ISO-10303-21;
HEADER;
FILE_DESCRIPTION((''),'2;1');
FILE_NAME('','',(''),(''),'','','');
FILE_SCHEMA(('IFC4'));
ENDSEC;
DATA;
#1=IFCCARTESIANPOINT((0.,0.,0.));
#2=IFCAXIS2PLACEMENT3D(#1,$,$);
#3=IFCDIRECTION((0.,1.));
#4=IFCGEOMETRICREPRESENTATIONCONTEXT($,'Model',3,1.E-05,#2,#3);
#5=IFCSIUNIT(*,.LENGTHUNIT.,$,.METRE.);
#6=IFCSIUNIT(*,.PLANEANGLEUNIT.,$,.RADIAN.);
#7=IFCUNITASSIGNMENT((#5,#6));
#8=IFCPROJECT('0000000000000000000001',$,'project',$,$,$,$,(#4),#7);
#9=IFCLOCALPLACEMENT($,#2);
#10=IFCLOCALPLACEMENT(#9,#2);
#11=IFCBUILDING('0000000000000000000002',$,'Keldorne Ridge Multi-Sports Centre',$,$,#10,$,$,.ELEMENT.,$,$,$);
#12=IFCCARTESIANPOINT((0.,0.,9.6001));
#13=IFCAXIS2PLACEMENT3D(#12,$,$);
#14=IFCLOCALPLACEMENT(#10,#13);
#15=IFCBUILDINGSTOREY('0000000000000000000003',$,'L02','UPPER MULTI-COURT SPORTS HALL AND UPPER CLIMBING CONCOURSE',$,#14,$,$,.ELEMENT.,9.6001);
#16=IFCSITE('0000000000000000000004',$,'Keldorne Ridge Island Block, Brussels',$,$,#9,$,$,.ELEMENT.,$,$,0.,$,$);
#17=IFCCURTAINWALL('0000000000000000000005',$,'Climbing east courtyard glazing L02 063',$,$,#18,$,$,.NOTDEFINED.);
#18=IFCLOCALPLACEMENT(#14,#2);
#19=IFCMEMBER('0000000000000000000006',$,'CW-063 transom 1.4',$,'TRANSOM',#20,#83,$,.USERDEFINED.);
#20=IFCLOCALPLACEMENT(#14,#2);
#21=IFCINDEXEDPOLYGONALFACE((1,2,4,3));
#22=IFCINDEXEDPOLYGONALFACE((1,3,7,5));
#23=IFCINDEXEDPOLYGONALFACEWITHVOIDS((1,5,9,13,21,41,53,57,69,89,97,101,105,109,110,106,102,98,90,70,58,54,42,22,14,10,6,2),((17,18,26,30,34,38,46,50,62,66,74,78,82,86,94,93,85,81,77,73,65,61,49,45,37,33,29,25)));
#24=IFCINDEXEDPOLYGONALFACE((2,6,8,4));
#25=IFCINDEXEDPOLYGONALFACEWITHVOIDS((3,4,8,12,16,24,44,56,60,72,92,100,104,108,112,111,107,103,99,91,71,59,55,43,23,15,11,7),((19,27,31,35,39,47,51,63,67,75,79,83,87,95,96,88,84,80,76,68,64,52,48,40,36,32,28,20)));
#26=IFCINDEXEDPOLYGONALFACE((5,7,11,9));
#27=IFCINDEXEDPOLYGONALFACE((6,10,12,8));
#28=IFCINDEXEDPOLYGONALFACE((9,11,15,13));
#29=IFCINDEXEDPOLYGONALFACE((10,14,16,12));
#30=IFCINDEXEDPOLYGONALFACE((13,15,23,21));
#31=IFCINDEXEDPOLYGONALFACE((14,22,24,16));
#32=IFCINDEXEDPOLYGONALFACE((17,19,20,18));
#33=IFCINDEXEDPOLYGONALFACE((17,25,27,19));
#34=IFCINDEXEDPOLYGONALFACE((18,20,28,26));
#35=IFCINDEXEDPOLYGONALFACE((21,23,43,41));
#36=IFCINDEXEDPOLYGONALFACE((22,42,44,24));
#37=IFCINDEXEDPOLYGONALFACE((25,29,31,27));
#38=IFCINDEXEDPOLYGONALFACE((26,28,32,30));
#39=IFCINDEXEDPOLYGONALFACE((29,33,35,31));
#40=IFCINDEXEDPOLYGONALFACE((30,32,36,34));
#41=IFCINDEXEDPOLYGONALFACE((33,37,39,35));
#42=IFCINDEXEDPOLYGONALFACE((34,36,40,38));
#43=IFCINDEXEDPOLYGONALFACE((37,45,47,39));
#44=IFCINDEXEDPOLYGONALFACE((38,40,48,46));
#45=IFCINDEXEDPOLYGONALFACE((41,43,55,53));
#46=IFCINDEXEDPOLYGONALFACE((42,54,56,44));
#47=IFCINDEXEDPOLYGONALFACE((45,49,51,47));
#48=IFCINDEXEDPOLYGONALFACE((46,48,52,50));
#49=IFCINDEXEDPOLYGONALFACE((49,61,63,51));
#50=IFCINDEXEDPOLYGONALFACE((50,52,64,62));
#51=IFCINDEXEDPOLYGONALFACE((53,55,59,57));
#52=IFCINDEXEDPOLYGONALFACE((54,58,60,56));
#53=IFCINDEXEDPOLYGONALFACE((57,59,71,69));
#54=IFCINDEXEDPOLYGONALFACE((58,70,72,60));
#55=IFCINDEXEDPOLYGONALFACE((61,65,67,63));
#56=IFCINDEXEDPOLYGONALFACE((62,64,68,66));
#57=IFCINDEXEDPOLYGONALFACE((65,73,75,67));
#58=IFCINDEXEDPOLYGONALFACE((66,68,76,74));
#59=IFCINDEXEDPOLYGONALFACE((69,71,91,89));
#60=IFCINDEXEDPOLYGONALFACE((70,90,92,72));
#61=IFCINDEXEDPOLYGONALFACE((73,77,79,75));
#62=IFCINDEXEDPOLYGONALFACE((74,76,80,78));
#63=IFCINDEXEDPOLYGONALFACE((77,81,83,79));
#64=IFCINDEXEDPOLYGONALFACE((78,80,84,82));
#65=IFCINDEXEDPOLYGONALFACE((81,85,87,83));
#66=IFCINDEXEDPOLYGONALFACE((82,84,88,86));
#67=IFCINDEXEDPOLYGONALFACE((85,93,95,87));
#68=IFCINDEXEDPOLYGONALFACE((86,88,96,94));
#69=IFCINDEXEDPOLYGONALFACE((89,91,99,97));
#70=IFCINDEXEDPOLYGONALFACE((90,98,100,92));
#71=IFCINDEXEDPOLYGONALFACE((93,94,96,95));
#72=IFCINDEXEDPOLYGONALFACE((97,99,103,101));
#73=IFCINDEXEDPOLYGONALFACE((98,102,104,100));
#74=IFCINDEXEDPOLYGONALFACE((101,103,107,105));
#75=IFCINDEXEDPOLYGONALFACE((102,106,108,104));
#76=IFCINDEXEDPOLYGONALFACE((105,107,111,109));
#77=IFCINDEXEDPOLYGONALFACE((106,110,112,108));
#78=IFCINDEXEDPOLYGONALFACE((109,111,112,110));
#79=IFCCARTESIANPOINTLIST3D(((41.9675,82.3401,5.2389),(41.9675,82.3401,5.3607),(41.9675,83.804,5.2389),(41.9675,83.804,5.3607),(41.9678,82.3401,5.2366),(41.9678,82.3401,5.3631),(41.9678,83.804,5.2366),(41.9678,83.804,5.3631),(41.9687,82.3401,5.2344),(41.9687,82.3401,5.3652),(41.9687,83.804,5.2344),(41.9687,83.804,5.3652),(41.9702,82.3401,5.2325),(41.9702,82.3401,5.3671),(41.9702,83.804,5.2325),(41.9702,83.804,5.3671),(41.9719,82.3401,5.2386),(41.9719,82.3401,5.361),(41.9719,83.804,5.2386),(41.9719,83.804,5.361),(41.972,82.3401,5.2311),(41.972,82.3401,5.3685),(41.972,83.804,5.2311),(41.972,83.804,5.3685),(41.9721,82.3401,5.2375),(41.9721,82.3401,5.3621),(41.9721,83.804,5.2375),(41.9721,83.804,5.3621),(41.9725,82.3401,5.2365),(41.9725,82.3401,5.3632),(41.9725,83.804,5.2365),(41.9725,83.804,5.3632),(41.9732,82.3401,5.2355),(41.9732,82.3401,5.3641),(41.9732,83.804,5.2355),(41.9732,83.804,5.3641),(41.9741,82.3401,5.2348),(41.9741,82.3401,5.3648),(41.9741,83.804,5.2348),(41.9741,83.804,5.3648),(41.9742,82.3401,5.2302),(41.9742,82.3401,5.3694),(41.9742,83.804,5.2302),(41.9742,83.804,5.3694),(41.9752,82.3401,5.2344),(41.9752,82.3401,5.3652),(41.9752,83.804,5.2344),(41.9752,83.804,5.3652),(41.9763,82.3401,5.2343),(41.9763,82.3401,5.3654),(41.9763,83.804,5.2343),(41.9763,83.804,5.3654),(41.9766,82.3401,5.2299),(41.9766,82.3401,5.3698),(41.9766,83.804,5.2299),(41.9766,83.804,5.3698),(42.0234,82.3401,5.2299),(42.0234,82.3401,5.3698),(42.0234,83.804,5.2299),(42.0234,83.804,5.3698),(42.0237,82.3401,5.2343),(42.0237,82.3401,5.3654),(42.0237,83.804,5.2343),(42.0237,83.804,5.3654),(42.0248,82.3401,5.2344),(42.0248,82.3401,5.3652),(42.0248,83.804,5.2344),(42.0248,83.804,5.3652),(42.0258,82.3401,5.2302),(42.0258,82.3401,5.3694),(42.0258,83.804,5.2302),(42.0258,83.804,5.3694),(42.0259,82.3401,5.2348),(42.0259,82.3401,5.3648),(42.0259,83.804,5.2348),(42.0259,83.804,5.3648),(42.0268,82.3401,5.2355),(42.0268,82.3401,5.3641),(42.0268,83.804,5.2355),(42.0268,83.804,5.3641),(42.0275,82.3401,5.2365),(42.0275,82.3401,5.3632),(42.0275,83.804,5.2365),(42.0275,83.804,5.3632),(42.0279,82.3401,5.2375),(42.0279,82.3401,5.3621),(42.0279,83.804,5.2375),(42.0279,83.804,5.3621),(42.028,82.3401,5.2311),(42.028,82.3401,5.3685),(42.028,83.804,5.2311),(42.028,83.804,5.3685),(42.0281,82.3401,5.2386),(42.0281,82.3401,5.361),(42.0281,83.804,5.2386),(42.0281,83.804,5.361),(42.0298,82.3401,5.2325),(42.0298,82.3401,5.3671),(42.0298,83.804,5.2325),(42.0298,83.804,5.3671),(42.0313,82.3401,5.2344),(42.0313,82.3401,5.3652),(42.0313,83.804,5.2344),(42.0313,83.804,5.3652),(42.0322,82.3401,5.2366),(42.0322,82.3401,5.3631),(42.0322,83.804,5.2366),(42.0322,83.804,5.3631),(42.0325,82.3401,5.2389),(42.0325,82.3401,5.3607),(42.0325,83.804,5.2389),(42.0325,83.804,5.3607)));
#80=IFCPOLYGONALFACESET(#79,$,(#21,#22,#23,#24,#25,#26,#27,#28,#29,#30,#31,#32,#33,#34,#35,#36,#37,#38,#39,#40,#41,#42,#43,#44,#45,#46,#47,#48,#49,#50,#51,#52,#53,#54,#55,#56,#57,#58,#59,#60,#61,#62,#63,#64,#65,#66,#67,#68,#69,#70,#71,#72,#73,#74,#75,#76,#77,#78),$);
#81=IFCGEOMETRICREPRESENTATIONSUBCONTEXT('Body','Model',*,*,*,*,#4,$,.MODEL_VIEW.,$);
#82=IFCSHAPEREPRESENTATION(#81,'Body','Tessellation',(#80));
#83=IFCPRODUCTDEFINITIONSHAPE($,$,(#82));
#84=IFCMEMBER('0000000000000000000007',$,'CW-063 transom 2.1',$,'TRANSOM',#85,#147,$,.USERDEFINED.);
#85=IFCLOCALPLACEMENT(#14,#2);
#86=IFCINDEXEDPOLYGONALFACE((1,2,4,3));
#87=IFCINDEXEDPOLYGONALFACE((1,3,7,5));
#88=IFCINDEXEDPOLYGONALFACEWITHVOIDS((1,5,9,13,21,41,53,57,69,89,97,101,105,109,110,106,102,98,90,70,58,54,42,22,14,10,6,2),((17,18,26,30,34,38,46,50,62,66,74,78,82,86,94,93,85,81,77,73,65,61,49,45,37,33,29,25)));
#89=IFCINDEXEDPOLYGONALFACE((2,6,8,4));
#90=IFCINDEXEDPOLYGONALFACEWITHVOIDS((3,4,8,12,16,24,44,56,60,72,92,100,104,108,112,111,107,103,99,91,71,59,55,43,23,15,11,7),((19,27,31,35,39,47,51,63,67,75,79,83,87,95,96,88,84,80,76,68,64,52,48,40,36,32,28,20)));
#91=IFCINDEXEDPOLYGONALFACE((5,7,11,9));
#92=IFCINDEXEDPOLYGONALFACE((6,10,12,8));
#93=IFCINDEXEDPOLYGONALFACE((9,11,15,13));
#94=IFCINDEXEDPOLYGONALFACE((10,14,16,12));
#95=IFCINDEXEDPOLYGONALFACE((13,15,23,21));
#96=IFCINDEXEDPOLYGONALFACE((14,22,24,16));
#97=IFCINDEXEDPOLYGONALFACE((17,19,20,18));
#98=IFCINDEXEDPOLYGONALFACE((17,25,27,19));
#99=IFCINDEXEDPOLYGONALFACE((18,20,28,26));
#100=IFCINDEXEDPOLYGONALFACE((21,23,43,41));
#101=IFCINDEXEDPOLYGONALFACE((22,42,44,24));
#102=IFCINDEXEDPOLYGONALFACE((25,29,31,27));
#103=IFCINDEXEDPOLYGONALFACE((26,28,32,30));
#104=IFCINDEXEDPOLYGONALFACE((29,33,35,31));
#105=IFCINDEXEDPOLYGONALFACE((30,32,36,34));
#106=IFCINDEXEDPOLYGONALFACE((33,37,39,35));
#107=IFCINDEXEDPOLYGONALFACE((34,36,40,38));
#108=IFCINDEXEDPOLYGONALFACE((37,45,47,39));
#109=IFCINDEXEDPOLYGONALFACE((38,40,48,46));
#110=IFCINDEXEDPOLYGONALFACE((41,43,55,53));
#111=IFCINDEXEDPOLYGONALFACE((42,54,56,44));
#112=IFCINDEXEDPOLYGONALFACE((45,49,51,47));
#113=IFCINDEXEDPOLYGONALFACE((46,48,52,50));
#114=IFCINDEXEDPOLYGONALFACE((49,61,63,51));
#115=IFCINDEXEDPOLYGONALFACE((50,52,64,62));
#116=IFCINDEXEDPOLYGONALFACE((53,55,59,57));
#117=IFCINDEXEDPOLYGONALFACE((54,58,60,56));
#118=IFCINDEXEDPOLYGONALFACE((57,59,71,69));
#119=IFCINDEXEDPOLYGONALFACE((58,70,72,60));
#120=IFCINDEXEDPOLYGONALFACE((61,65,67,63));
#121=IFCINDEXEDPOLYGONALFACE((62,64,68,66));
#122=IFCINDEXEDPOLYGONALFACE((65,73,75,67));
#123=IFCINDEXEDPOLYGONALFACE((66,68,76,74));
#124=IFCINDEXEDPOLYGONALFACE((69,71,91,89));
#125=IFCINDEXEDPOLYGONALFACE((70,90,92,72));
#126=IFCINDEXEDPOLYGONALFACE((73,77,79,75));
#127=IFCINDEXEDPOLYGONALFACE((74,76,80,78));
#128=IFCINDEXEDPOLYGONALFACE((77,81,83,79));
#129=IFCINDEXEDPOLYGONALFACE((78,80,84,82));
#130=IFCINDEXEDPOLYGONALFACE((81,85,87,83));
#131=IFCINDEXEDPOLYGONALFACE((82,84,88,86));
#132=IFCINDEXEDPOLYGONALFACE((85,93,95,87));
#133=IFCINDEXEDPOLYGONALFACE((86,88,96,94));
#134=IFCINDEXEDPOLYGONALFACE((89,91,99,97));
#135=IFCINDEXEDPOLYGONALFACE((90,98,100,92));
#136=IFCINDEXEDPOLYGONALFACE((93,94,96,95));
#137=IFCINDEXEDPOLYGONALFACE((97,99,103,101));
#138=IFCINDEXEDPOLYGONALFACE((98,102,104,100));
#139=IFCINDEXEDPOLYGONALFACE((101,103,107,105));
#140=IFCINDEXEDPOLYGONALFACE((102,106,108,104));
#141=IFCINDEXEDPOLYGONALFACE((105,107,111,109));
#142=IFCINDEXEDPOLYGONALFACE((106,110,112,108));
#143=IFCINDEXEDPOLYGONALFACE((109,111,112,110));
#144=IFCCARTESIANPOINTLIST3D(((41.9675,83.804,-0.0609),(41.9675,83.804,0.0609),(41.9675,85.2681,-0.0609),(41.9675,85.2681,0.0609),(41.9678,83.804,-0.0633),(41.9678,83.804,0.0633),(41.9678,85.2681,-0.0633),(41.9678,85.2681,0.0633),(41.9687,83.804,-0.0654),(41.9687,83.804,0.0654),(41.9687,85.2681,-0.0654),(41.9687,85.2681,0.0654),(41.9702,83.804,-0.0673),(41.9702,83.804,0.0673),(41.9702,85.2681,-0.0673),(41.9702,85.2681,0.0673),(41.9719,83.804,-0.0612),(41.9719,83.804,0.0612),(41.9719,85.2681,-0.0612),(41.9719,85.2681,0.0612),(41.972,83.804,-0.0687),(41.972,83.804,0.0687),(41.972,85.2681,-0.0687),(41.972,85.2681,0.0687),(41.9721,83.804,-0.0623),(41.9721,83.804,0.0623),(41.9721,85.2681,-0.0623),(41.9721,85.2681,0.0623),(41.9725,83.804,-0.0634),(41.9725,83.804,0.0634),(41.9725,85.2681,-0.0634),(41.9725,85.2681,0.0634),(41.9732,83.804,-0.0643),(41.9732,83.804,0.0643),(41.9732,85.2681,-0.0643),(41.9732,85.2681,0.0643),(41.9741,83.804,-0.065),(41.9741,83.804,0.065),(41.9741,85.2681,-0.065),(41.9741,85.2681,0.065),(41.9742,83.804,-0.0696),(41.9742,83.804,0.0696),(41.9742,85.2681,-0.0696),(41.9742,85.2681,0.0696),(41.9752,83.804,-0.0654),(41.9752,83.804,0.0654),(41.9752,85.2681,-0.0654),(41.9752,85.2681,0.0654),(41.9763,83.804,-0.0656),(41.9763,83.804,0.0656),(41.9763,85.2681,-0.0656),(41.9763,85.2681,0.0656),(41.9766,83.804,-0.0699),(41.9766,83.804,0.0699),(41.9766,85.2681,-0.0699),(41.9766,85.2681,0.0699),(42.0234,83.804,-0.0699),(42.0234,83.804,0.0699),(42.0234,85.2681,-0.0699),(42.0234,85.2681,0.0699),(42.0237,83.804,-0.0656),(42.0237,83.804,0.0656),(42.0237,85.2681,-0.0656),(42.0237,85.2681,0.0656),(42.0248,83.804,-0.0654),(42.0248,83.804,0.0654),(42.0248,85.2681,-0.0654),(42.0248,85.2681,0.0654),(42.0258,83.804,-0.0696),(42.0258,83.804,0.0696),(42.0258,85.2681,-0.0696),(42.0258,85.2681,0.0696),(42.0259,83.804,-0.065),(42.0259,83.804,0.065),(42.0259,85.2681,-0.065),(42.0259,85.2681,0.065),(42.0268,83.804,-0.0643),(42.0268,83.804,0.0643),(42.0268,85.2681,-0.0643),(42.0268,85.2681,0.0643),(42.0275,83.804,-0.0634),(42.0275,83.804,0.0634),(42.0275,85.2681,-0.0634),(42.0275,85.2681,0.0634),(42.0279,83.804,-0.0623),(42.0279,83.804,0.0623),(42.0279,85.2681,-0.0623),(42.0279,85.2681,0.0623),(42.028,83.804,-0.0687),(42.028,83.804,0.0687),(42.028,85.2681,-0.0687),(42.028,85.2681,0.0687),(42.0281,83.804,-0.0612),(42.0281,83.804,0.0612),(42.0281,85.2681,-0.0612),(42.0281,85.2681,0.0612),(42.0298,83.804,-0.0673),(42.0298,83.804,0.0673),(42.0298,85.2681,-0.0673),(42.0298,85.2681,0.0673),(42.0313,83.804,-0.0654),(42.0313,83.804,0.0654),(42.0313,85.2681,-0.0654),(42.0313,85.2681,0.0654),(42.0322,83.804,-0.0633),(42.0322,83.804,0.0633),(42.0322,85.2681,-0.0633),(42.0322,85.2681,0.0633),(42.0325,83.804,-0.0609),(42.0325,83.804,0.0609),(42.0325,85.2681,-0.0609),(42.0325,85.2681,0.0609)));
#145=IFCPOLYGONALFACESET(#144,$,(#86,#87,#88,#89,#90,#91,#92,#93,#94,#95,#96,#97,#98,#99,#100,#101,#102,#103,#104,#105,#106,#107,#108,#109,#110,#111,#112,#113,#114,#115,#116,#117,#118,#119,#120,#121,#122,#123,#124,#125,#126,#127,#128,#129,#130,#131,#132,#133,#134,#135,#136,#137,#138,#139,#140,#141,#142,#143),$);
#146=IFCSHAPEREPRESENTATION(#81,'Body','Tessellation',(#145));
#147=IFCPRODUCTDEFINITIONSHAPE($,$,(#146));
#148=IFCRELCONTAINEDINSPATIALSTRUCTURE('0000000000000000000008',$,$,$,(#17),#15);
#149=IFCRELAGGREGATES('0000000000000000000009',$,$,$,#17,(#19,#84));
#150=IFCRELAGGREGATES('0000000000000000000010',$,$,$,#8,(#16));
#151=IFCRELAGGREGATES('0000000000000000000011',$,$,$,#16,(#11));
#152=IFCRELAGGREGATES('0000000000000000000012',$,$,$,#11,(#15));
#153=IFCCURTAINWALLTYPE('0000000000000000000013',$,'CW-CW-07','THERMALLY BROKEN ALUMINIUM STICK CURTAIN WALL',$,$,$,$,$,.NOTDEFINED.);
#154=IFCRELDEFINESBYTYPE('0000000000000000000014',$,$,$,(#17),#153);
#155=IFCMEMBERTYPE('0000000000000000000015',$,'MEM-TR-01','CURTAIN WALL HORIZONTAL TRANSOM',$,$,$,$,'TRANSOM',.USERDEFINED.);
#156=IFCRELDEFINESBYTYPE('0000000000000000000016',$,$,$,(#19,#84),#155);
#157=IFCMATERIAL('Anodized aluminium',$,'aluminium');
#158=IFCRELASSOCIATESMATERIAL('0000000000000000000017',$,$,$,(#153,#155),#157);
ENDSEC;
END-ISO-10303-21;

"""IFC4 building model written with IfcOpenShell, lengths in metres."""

from ifc_helpers import new_model, si_unit, direction, frame, origin, origin_2d, place, context, subcontext, project, spatial, hollow_rectangle, extrude, material, material_profile, profile_set, type_object, element, aggregate, save


model = new_model("IFC4")

# Units and contexts
model_context = context("Model", 3, precision=1e-05, world=origin(), true_north=direction((0.0, 1.0)))
body_context = subcontext(model_context, "Body", "Model", "MODEL_VIEW")
ifc_project = project(units=[si_unit("LENGTHUNIT", "METRE"), si_unit("PLANEANGLEUNIT", "RADIAN")], contexts=[model_context])

# Site, building, storey
site_placement = place(None, origin())
site = spatial("IfcSite", under=ifc_project, at=site_placement, Name="Keldorne Ridge Island Block, Brussels", CompositionType="ELEMENT", RefElevation=0.0)
building_placement = place(site_placement, origin())
building = spatial("IfcBuilding", under=site, at=building_placement, Name="Keldorne Ridge Multi-Sports Centre", CompositionType="ELEMENT")
storey_placement = place(building_placement, frame((0.0, 0.0, 9.6001)))
storey = spatial("IfcBuildingStorey", under=building, at=storey_placement, Name="L02", Description="UPPER MULTI-COURT SPORTS HALL AND UPPER CLIMBING CONCOURSE", CompositionType="ELEMENT", Elevation=9.6001)

# Curtain wall, members
ifc_material_1 = material(Name="Anodized aluminium", Category="aluminium")
curtain_wall_type = type_object("IfcCurtainWallType", Name="CW-CW-07", Description="THERMALLY BROKEN ALUMINIUM STICK CURTAIN WALL", PredefinedType="NOTDEFINED", material=ifc_material_1)
curtain_wall_placement = place(storey_placement, origin())
curtain_wall = element("IfcCurtainWall", 1, at=curtain_wall_placement, inside=storey, type_object=curtain_wall_type, Name="Climbing east courtyard glazing L02 063", PredefinedType="NOTDEFINED")
ifc_material_profile_1 = material_profile(ifc_material_1, hollow_rectangle(XDim=0.0649, YDim=0.1399, WallThickness=0.0044, InnerFilletRadius=0.0044, OuterFilletRadius=0.009, at=origin_2d()), Name="ALU TRANSOM 140x65x4.5")
ifc_profile_set_1 = profile_set([ifc_material_profile_1], Name="Anodized aluminium")
member_type_1 = type_object("IfcMemberType", Name="MEM-TR-01", Description="CURTAIN WALL HORIZONTAL TRANSOM", ElementType="TRANSOM", PredefinedType="USERDEFINED", material=ifc_profile_set_1)
member_1_placement = place(storey_placement, frame((42.0, 82.3401, 5.2998), z_axis=(0.0, 1.0, 0.0), x_axis=(-1.0, 0.0, 0.0)))
member_1 = element("IfcMember", 2, at=member_1_placement, type_object=member_type_1, Name="CW-063 transom 1.4", ObjectType="TRANSOM", PredefinedType="USERDEFINED", context=body_context, shape_type="SweptSolid", body=[
    extrude(hollow_rectangle(XDim=0.0649, YDim=0.1399, WallThickness=0.0044, InnerFilletRadius=0.0044, OuterFilletRadius=0.009, at=origin_2d()), origin(), (0.0, 0.0, 1.0), 1.4639),
])
member_2_placement = place(storey_placement, frame((42.0, 83.804, 0.0), z_axis=(0.0, 1.0, 0.0), x_axis=(-1.0, 0.0, 0.0)))
member_2 = element("IfcMember", 3, at=member_2_placement, type_object=member_type_1, Name="CW-063 transom 2.1", ObjectType="TRANSOM", PredefinedType="USERDEFINED", context=body_context, shape_type="SweptSolid", body=[
    extrude(hollow_rectangle(XDim=0.0649, YDim=0.1399, WallThickness=0.0044, InnerFilletRadius=0.0044, OuterFilletRadius=0.009, at=origin_2d()), origin(), (0.0, 0.0, 1.0), 1.4641),
])
aggregate(curtain_wall, [member_1, member_2])

save(model, "model.ifc")
